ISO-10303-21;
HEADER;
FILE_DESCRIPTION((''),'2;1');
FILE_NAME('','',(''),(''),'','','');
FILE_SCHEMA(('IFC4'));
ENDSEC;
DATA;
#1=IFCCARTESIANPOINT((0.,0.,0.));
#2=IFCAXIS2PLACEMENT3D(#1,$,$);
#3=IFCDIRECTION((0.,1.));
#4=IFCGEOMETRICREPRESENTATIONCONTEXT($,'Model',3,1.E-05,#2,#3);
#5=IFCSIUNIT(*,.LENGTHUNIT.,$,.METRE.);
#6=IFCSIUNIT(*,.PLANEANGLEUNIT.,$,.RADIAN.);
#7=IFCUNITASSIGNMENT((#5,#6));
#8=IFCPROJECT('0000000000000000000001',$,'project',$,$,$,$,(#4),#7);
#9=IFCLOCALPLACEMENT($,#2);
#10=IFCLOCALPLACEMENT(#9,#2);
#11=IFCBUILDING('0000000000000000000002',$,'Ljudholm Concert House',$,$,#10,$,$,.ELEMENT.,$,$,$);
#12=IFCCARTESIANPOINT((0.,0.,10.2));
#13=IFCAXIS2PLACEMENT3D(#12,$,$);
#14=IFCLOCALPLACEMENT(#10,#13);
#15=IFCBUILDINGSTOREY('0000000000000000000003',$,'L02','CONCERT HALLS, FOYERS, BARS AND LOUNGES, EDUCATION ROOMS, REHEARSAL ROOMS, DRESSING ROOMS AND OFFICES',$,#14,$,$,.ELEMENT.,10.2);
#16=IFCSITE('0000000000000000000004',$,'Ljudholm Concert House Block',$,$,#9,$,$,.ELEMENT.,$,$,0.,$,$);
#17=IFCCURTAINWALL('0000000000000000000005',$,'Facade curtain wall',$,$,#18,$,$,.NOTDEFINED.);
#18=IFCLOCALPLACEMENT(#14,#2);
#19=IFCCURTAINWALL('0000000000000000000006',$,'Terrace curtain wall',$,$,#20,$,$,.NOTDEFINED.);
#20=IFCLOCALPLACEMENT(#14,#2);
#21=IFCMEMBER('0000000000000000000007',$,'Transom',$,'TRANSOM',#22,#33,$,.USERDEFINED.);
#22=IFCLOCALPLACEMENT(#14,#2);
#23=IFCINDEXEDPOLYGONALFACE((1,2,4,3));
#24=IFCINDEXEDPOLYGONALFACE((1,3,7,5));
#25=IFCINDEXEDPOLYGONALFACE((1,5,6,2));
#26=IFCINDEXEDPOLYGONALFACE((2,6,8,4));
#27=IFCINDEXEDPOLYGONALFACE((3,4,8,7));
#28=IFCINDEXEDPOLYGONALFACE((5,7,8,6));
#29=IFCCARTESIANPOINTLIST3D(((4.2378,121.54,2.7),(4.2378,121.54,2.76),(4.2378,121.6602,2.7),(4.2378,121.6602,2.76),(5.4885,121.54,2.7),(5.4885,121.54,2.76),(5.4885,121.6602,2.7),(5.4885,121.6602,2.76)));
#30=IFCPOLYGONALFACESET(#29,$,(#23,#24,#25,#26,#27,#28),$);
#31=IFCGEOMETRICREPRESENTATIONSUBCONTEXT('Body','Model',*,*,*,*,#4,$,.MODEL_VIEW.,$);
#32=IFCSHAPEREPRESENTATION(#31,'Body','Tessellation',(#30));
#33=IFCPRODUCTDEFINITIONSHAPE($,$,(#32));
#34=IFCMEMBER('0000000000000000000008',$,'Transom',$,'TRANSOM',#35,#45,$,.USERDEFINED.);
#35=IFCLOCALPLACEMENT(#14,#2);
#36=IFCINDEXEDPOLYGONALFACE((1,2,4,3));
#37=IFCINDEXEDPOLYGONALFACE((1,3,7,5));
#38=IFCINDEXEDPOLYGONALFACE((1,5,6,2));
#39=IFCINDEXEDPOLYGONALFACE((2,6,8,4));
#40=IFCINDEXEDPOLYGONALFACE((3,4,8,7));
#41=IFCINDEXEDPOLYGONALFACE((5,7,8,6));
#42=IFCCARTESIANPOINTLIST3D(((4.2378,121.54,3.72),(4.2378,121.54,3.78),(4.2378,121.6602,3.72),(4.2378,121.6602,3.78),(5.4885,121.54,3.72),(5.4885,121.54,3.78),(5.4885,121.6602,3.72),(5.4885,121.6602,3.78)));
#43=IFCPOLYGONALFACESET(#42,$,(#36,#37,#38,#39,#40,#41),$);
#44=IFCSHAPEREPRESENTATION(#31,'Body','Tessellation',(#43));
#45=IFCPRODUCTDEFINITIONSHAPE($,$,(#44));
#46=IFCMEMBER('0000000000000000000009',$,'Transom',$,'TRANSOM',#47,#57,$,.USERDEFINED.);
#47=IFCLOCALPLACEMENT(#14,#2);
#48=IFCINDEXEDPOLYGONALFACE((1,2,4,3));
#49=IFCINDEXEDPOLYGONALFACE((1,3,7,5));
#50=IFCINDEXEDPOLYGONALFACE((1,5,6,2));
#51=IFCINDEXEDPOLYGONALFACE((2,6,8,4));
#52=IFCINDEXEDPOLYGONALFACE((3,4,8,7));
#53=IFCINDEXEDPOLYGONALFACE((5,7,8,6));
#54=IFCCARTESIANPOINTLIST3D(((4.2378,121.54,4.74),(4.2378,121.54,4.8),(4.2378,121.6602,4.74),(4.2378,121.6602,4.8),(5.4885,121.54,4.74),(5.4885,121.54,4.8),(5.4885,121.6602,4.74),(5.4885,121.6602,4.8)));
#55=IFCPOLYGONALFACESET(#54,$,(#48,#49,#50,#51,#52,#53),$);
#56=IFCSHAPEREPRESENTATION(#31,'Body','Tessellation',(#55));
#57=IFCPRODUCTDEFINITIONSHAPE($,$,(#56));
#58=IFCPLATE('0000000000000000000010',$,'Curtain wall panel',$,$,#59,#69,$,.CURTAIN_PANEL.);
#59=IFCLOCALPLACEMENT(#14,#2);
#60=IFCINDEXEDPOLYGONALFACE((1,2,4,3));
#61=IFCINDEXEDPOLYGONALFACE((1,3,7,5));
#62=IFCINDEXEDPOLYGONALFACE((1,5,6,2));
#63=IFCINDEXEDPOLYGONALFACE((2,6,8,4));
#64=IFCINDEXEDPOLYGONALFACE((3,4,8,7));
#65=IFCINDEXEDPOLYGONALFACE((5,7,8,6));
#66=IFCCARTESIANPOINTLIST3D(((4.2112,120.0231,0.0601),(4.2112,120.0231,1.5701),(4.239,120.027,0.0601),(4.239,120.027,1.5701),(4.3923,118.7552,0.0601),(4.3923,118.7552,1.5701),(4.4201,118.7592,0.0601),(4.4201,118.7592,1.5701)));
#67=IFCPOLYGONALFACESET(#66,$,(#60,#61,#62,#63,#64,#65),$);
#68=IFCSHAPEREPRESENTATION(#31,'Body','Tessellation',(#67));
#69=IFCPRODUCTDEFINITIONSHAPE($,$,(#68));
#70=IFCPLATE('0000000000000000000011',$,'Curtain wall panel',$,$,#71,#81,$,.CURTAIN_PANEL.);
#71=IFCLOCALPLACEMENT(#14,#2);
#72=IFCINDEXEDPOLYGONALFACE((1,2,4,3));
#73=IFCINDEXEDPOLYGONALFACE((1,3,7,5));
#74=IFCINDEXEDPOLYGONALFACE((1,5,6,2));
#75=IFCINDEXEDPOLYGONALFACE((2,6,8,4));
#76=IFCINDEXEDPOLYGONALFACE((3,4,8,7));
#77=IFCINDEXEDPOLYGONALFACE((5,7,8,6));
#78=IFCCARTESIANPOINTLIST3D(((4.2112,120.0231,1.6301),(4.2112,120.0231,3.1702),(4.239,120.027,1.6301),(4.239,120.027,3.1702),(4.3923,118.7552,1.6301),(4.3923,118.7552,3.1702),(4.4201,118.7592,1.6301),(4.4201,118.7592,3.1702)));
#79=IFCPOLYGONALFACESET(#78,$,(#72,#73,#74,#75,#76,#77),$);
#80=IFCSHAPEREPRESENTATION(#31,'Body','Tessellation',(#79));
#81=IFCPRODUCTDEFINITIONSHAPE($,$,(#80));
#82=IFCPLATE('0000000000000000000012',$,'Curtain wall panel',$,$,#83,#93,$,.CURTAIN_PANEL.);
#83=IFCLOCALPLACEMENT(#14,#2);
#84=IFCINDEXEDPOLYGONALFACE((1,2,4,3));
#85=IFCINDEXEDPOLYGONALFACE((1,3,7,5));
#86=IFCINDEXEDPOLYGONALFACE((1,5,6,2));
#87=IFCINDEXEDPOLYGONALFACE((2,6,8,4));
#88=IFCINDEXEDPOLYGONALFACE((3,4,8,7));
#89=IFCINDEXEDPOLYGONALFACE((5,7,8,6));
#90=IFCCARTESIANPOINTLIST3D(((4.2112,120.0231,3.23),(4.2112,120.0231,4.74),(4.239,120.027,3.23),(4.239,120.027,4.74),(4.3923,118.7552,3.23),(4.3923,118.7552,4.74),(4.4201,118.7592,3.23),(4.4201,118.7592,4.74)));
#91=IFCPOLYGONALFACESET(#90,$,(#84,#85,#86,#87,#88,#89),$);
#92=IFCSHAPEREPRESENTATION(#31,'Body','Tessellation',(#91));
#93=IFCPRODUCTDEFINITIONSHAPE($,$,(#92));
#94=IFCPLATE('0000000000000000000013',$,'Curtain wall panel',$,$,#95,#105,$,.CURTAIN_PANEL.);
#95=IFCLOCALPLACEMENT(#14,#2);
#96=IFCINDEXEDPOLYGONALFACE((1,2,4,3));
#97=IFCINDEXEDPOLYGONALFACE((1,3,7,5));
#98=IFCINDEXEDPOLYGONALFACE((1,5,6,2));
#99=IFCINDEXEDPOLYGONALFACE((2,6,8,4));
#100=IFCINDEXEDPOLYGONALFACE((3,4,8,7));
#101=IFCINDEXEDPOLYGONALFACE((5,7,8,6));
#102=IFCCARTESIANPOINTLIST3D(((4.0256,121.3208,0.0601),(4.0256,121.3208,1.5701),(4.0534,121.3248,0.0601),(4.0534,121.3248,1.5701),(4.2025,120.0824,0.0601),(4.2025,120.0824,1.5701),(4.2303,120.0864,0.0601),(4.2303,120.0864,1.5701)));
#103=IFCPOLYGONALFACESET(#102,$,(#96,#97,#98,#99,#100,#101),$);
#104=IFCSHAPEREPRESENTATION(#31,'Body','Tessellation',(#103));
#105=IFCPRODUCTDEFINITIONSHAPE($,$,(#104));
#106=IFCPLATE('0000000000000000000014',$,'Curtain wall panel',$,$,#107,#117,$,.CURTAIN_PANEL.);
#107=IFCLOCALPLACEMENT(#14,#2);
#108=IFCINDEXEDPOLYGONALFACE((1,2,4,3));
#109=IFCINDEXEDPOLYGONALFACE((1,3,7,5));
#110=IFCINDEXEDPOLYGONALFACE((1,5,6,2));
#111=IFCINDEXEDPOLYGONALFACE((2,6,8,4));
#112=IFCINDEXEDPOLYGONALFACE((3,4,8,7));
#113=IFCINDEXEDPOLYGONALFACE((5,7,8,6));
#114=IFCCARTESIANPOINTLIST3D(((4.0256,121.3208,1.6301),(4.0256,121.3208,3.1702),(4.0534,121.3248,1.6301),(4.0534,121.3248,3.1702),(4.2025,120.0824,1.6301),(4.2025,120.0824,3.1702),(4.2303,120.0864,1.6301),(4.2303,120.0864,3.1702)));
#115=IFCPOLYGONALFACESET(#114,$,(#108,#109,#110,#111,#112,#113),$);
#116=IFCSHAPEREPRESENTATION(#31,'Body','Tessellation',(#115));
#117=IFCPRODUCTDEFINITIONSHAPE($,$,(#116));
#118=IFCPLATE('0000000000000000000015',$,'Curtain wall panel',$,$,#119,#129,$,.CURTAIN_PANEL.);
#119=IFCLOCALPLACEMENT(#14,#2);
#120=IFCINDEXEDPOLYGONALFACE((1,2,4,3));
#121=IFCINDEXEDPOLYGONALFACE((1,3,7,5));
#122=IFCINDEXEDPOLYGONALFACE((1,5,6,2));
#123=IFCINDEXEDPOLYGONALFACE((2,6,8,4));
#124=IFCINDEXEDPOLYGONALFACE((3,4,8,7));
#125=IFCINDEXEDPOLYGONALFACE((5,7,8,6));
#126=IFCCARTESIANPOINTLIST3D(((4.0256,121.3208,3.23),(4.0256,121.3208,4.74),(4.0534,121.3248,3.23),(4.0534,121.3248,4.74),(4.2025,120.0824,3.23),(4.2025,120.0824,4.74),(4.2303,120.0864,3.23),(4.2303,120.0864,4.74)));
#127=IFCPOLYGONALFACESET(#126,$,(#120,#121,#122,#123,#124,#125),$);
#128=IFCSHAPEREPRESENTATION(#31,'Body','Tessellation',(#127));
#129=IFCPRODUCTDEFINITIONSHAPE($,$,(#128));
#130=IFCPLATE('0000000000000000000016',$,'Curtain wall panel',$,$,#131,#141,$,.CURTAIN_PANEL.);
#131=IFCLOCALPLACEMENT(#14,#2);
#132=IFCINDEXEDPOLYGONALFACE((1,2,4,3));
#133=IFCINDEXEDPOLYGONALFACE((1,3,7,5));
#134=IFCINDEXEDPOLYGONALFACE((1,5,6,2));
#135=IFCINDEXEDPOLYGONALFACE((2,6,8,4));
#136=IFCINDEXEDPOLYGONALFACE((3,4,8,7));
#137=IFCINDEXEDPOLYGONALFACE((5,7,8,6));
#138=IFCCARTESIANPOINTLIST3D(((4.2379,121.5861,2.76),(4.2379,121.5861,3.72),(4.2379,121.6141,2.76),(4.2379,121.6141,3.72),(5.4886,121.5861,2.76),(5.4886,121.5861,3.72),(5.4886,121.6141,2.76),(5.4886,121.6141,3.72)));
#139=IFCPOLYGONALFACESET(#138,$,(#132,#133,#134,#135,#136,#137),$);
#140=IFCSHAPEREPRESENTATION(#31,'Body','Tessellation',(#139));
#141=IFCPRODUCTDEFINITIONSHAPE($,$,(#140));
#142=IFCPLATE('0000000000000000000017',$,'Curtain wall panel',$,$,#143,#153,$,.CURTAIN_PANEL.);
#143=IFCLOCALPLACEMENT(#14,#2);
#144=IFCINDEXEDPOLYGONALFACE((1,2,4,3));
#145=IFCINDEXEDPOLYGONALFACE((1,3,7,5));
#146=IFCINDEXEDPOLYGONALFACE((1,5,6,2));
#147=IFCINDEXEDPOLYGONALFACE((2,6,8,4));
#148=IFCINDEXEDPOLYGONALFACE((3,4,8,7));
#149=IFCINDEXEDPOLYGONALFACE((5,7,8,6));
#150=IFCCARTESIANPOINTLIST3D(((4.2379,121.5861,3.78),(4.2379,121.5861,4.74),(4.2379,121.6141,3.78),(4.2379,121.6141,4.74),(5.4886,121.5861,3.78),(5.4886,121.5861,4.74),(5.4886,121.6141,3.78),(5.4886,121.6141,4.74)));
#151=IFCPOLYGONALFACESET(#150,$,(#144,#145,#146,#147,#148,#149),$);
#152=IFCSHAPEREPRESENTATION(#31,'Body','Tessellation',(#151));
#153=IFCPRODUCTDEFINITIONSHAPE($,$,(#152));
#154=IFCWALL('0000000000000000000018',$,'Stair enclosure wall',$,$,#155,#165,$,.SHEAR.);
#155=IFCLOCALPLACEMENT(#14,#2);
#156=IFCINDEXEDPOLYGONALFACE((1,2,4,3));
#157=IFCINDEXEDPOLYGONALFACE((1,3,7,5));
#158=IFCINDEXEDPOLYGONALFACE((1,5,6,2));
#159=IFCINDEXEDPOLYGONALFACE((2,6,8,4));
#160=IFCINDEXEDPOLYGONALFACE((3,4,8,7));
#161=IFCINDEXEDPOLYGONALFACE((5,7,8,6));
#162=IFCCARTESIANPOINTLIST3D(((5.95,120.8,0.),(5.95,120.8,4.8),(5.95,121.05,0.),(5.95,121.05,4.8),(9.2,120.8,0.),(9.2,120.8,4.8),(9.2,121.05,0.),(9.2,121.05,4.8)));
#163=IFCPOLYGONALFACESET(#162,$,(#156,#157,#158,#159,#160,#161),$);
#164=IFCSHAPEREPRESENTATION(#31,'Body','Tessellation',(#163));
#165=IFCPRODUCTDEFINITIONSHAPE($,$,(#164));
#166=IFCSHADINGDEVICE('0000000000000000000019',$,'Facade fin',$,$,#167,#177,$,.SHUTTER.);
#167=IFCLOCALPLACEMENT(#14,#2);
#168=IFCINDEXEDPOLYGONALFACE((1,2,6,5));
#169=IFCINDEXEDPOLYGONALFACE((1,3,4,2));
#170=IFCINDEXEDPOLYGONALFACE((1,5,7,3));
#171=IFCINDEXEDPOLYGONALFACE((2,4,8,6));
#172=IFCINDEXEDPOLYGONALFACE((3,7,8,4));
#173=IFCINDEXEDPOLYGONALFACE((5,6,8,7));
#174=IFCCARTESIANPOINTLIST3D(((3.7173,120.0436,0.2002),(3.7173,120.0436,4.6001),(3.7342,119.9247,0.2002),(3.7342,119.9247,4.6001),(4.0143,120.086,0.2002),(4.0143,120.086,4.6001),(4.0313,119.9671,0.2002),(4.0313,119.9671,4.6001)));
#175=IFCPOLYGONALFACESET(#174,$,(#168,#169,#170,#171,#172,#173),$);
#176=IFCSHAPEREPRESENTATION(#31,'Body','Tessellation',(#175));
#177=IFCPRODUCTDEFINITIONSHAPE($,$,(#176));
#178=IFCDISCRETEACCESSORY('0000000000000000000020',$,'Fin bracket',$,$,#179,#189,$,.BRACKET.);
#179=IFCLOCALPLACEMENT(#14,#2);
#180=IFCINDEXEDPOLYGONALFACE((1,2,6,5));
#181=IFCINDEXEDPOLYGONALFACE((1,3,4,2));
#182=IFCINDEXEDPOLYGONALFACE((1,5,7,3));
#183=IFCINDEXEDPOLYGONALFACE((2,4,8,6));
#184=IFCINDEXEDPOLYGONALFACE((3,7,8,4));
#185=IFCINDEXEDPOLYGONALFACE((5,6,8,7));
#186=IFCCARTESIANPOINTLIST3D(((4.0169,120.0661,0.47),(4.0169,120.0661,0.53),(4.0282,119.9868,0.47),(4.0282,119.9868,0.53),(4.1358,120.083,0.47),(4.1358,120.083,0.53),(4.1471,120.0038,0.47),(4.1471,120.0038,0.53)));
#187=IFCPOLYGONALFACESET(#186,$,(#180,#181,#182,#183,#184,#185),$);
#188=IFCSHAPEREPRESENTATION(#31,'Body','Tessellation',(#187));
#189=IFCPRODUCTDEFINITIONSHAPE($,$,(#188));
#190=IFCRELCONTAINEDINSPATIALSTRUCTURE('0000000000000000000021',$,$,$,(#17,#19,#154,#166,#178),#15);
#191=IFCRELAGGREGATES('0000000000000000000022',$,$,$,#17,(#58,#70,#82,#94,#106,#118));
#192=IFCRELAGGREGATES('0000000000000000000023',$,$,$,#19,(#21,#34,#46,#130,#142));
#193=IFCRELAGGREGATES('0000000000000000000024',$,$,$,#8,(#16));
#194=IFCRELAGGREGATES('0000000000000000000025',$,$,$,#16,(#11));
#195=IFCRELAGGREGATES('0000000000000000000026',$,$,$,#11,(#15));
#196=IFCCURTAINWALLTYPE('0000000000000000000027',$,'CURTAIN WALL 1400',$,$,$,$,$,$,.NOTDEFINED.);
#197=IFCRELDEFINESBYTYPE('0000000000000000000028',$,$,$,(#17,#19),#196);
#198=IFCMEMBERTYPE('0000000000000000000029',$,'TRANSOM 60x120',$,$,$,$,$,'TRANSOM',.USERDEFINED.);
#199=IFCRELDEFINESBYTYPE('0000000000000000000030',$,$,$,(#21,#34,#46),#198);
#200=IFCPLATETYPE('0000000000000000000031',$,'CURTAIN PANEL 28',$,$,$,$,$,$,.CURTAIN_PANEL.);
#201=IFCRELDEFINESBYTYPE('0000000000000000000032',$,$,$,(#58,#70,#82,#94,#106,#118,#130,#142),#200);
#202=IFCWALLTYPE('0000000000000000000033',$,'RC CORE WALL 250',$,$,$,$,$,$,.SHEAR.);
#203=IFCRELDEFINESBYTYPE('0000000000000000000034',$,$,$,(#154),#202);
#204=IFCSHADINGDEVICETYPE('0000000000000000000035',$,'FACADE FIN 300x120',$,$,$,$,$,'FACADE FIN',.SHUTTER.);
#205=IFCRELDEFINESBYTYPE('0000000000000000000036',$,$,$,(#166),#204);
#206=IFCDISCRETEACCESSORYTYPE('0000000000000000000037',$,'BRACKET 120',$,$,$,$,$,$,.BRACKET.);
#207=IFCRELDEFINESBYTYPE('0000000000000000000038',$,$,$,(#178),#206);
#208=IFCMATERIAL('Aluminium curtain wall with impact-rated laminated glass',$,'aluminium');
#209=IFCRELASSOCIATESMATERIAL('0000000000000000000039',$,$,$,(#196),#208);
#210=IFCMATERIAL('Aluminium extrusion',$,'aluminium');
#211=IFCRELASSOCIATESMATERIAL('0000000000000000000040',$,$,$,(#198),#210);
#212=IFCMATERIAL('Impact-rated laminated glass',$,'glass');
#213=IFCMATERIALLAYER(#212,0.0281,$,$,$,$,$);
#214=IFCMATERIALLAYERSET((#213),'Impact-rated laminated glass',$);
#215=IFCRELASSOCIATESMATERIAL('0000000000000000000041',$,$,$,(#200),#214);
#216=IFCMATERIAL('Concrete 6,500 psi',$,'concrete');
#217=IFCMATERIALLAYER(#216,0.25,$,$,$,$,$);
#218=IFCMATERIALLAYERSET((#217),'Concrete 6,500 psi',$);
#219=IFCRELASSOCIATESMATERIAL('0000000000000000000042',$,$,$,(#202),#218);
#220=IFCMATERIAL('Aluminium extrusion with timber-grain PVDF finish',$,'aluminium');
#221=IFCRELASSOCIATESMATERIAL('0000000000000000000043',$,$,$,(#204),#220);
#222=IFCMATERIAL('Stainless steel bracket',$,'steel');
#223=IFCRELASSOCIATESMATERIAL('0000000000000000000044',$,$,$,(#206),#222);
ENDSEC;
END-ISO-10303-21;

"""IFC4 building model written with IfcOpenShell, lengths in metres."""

from ifc_helpers import new_model, si_unit, direction, frame, frame_2d, origin, origin_2d, place, context, subcontext, project, spatial, rectangle, extrude, material, layer, layer_set, material_profile, profile_set, type_object, element, aggregate, save


model = new_model("IFC4")

# Units and contexts
model_context = context("Model", 3, precision=1e-05, world=origin(), true_north=direction((0.0, 1.0)))
body_context = subcontext(model_context, "Body", "Model", "MODEL_VIEW")
ifc_project = project(units=[si_unit("LENGTHUNIT", "METRE"), si_unit("PLANEANGLEUNIT", "RADIAN")], contexts=[model_context])

# Site, building, storey
site_placement = place(None, origin())
site = spatial("IfcSite", under=ifc_project, at=site_placement, Name="Ljudholm Concert House Block", CompositionType="ELEMENT", RefElevation=0.0)
building_placement = place(site_placement, origin())
building = spatial("IfcBuilding", under=site, at=building_placement, Name="Ljudholm Concert House", CompositionType="ELEMENT")
storey_placement = place(building_placement, frame((0.0, 0.0, 10.2)))
storey = spatial("IfcBuildingStorey", under=building, at=storey_placement, Name="L02", Description="CONCERT HALLS, FOYERS, BARS AND LOUNGES, EDUCATION ROOMS, REHEARSAL ROOMS, DRESSING ROOMS AND OFFICES", CompositionType="ELEMENT", Elevation=10.2)

# Curtain wall
ifc_material_1 = material(Name="Aluminium curtain wall with impact-rated laminated glass", Category="aluminium")
curtain_wall_type = type_object("IfcCurtainWallType", Name="CURTAIN WALL 1400", PredefinedType="NOTDEFINED", material=ifc_material_1)
curtain_wall_1_placement = place(storey_placement, origin())
curtain_wall_1 = element("IfcCurtainWall", 1, at=curtain_wall_1_placement, inside=storey, type_object=curtain_wall_type, Name="Facade curtain wall", PredefinedType="NOTDEFINED")

# Curtain wall
curtain_wall_2_placement = place(storey_placement, origin())
curtain_wall_2 = element("IfcCurtainWall", 2, at=curtain_wall_2_placement, inside=storey, type_object=curtain_wall_type, Name="Terrace curtain wall", PredefinedType="NOTDEFINED")

# Members
ifc_material_2 = material(Name="Aluminium extrusion", Category="aluminium")
ifc_material_profile_1 = material_profile(ifc_material_2, rectangle(XDim=0.1201, YDim=0.0601, at=origin_2d()), Name="TRANSOM 60x120")
ifc_profile_set_1 = profile_set([ifc_material_profile_1], Name="Aluminium extrusion")
member_type_1 = type_object("IfcMemberType", Name="TRANSOM 60x120", ElementType="TRANSOM", PredefinedType="USERDEFINED", material=ifc_profile_set_1)
member_1_placement = place(storey_placement, frame((4.2378, 121.6001, 2.73), z_axis=(1.0, 0.0, 0.0), x_axis=(0.0, 1.0, 0.0)))
member_1 = element("IfcMember", 3, at=member_1_placement, type_object=member_type_1, Name="Transom", ObjectType="TRANSOM", PredefinedType="USERDEFINED", context=body_context, shape_type="SweptSolid", body=[
    extrude(rectangle(XDim=0.1201, YDim=0.0601, at=origin_2d()), origin(), (0.0, 0.0, 1.0), 1.2507),
])
member_2_placement = place(storey_placement, frame((4.2378, 121.6001, 3.75), z_axis=(1.0, 0.0, 0.0), x_axis=(0.0, 1.0, 0.0)))
member_2 = element("IfcMember", 4, at=member_2_placement, type_object=member_type_1, Name="Transom", ObjectType="TRANSOM", PredefinedType="USERDEFINED", context=body_context, shape_type="SweptSolid", body=[
    extrude(rectangle(XDim=0.1201, YDim=0.0601, at=origin_2d()), origin(), (0.0, 0.0, 1.0), 1.2507),
])
member_3_placement = place(storey_placement, frame((4.2378, 121.6001, 4.77), z_axis=(1.0, 0.0, 0.0), x_axis=(0.0, 1.0, 0.0)))
member_3 = element("IfcMember", 5, at=member_3_placement, type_object=member_type_1, Name="Transom", ObjectType="TRANSOM", PredefinedType="USERDEFINED", context=body_context, shape_type="SweptSolid", body=[
    extrude(rectangle(XDim=0.1201, YDim=0.0601, at=origin_2d()), origin(), (0.0, 0.0, 1.0), 1.2507),
])

# Plates
ifc_material_3 = material(Name="Impact-rated laminated glass", Category="glass")
ifc_layer_1 = layer(ifc_material_3, 0.0281)
ifc_layer_set_1 = layer_set([ifc_layer_1], Name="Impact-rated laminated glass")
plate_type = type_object("IfcPlateType", Name="CURTAIN PANEL 28", PredefinedType="CURTAIN_PANEL", material=ifc_layer_set_1)
plate_1_placement = place(storey_placement, frame((4.3157, 119.3911, 0.0601), z_axis=(0.0, 0.0, 1.0), x_axis=(-0.141421, 0.989949, 0.0)))
plate_1 = element("IfcPlate", 6, at=plate_1_placement, type_object=plate_type, Name="Curtain wall panel", PredefinedType="CURTAIN_PANEL", context=body_context, shape_type="SweptSolid", body=[
    extrude(rectangle(XDim=1.2808, YDim=0.0281, at=origin_2d()), origin(), (0.0, 0.0, 1.0), 1.51),
])
plate_2_placement = place(storey_placement, frame((4.3157, 119.3911, 1.6301), z_axis=(0.0, 0.0, 1.0), x_axis=(-0.141421, 0.989949, 0.0)))
plate_2 = element("IfcPlate", 7, at=plate_2_placement, type_object=plate_type, Name="Curtain wall panel", PredefinedType="CURTAIN_PANEL", context=body_context, shape_type="SweptSolid", body=[
    extrude(rectangle(XDim=1.2808, YDim=0.0281, at=origin_2d()), origin(), (0.0, 0.0, 1.0), 1.54),
])
plate_3_placement = place(storey_placement, frame((4.3157, 119.3911, 3.23), z_axis=(0.0, 0.0, 1.0), x_axis=(-0.141421, 0.989949, 0.0)))
plate_3 = element("IfcPlate", 8, at=plate_3_placement, type_object=plate_type, Name="Curtain wall panel", PredefinedType="CURTAIN_PANEL", context=body_context, shape_type="SweptSolid", body=[
    extrude(rectangle(XDim=1.2808, YDim=0.0281, at=origin_2d()), origin(), (0.0, 0.0, 1.0), 1.51),
])
plate_4_placement = place(storey_placement, frame((4.1279, 120.7036, 0.0601), z_axis=(0.0, 0.0, 1.0), x_axis=(-0.141421, 0.989949, 0.0)))
plate_4 = element("IfcPlate", 9, at=plate_4_placement, type_object=plate_type, Name="Curtain wall panel", PredefinedType="CURTAIN_PANEL", context=body_context, shape_type="SweptSolid", body=[
    extrude(rectangle(XDim=1.251, YDim=0.0281, at=origin_2d()), origin(), (0.0, 0.0, 1.0), 1.51),
])
plate_5_placement = place(storey_placement, frame((4.1279, 120.7036, 1.6301), z_axis=(0.0, 0.0, 1.0), x_axis=(-0.141421, 0.989949, 0.0)))
plate_5 = element("IfcPlate", 10, at=plate_5_placement, type_object=plate_type, Name="Curtain wall panel", PredefinedType="CURTAIN_PANEL", context=body_context, shape_type="SweptSolid", body=[
    extrude(rectangle(XDim=1.251, YDim=0.0281, at=origin_2d()), origin(), (0.0, 0.0, 1.0), 1.54),
])
plate_6_placement = place(storey_placement, frame((4.1279, 120.7036, 3.23), z_axis=(0.0, 0.0, 1.0), x_axis=(-0.141421, 0.989949, 0.0)))
plate_6 = element("IfcPlate", 11, at=plate_6_placement, type_object=plate_type, Name="Curtain wall panel", PredefinedType="CURTAIN_PANEL", context=body_context, shape_type="SweptSolid", body=[
    extrude(rectangle(XDim=1.251, YDim=0.0281, at=origin_2d()), origin(), (0.0, 0.0, 1.0), 1.51),
])
aggregate(curtain_wall_1, [plate_1, plate_2, plate_3, plate_4, plate_5, plate_6])
plate_7_placement = place(storey_placement, frame((4.8633, 121.6001, 2.76), z_axis=(0.0, 0.0, 1.0), x_axis=(1.0, 0.0, 0.0)))
plate_7 = element("IfcPlate", 12, at=plate_7_placement, type_object=plate_type, Name="Curtain wall panel", PredefinedType="CURTAIN_PANEL", context=body_context, shape_type="SweptSolid", body=[
    extrude(rectangle(XDim=1.2507, YDim=0.0281, at=origin_2d()), origin(), (0.0, 0.0, 1.0), 0.96),
])
plate_8_placement = place(storey_placement, frame((4.8633, 121.6001, 3.78), z_axis=(0.0, 0.0, 1.0), x_axis=(1.0, 0.0, 0.0)))
plate_8 = element("IfcPlate", 13, at=plate_8_placement, type_object=plate_type, Name="Curtain wall panel", PredefinedType="CURTAIN_PANEL", context=body_context, shape_type="SweptSolid", body=[
    extrude(rectangle(XDim=1.2507, YDim=0.0281, at=origin_2d()), origin(), (0.0, 0.0, 1.0), 0.96),
])
aggregate(curtain_wall_2, [member_1, member_2, member_3, plate_7, plate_8])

# Wall
ifc_material_4 = material(Name="Concrete 6,500 psi", Category="concrete")
ifc_layer_2 = layer(ifc_material_4, 0.25)
ifc_layer_set_2 = layer_set([ifc_layer_2], Name="Concrete 6,500 psi")
wall_type_1 = type_object("IfcWallType", Name="RC CORE WALL 250", PredefinedType="SHEAR", material=ifc_layer_set_2)
wall_1_placement = place(storey_placement, frame((5.95, 120.925, 0.0), z_axis=(0.0, 0.0, 1.0), x_axis=(1.0, 0.0, 0.0)))
element("IfcWall", 14, at=wall_1_placement, inside=storey, type_object=wall_type_1, Name="Stair enclosure wall", PredefinedType="SHEAR", context=body_context, shape_type="SweptSolid", body=[
    extrude(rectangle(XDim=3.25, YDim=0.25, at=frame_2d((1.625, 0.0))), origin(), (0.0, 0.0, 1.0), 4.8),
])

# Shading device
ifc_material_5 = material(Name="Aluminium extrusion with timber-grain PVDF finish", Category="aluminium")
shading_device_type = type_object("IfcShadingDeviceType", Name="FACADE FIN 300x120", ElementType="FACADE FIN", PredefinedType="SHUTTER", material=ifc_material_5)
shading_device_placement = place(storey_placement, frame((3.8743, 120.0054, 0.2002), z_axis=(0.0, 0.0, 1.0), x_axis=(-0.989949, -0.141421, 0.0)))
element("IfcShadingDevice", 15, at=shading_device_placement, inside=storey, type_object=shading_device_type, Name="Facade fin", PredefinedType="SHUTTER", context=body_context, shape_type="SweptSolid", body=[
    extrude(rectangle(XDim=0.3, YDim=0.1201, at=origin_2d()), origin(), (0.0, 0.0, 1.0), 4.3999),
])

# Discrete accessory
ifc_material_6 = material(Name="Stainless steel bracket", Category="steel")
discrete_accessory_type = type_object("IfcDiscreteAccessoryType", Name="BRACKET 120", PredefinedType="BRACKET", material=ifc_material_6)
for number, where, z_axis, x_axis, name in (
    (16, (4.082, 120.0349, 0.47), (0.0, 0.0, 1.0), (-0.989949, -0.141421, 0.0), "Fin bracket"),
):
    element("IfcDiscreteAccessory", number, at=place(storey_placement, frame(where, z_axis=z_axis, x_axis=x_axis)), inside=storey, type_object=discrete_accessory_type, Name=name, PredefinedType="BRACKET", context=body_context, shape_type="SweptSolid", body=[
        extrude(rectangle(XDim=0.1201, YDim=0.0801, at=origin_2d()), origin(), (0.0, 0.0, 1.0), 0.0601),
    ])

save(model, "model.ifc")
